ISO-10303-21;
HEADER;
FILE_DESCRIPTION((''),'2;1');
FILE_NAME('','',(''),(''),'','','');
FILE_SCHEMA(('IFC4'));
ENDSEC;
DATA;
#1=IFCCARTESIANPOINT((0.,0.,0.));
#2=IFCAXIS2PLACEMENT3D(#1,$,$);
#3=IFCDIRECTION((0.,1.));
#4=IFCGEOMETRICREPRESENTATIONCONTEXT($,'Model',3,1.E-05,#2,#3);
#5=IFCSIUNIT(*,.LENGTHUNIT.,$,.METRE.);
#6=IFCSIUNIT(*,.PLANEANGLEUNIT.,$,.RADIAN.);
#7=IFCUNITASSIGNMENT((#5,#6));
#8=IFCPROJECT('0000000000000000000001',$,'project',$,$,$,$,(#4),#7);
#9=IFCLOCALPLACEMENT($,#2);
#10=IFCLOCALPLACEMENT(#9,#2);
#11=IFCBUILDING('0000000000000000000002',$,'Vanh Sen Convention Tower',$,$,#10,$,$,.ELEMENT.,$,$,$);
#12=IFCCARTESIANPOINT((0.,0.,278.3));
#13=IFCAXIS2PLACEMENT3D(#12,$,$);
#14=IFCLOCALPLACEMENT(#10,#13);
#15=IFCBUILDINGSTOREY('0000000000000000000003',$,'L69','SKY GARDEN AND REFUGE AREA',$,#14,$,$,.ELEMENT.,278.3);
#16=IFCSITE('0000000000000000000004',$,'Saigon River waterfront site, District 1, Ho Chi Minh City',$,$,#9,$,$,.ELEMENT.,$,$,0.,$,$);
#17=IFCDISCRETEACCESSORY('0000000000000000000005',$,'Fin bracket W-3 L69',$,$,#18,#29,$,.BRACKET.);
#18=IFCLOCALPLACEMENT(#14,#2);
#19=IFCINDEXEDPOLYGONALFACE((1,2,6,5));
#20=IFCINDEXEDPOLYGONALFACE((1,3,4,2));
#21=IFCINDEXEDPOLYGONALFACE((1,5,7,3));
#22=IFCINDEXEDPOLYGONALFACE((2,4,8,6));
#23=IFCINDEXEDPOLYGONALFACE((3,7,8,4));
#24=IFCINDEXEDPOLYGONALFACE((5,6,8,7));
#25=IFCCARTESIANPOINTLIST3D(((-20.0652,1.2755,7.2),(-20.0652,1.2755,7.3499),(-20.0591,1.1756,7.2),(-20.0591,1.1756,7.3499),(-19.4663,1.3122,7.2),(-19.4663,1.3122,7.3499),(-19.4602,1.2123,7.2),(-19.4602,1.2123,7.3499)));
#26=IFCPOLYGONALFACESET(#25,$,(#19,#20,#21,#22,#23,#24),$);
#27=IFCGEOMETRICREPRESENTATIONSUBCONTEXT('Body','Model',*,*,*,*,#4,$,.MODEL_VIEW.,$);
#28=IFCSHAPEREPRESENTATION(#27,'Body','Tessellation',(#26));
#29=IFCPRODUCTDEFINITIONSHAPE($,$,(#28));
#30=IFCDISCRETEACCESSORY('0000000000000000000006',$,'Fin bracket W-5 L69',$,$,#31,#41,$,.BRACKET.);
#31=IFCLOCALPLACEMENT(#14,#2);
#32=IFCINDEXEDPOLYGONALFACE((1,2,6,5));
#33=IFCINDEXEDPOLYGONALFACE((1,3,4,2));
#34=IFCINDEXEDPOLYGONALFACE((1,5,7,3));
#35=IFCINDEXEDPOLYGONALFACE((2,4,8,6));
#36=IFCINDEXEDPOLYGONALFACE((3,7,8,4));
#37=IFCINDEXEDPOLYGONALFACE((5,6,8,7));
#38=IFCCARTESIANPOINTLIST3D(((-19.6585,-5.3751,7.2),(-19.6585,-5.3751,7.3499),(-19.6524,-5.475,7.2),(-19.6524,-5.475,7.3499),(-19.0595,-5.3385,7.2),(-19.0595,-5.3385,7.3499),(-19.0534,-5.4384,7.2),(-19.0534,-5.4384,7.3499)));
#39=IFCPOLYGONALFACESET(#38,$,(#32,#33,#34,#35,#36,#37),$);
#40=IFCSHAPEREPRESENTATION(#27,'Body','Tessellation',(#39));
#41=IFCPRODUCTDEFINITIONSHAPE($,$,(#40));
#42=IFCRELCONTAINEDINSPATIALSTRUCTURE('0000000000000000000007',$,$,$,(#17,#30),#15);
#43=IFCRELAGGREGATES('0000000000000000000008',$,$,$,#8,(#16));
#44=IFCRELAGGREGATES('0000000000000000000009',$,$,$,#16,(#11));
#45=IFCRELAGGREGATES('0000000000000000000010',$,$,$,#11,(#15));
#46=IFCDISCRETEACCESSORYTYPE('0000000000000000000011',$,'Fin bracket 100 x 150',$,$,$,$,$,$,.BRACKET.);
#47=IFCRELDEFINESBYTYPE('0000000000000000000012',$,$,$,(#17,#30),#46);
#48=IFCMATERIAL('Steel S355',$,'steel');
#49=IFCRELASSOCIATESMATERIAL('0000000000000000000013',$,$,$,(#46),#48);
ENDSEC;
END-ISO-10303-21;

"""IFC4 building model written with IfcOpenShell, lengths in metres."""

from ifc_helpers import new_model, si_unit, direction, frame, origin, origin_2d, place, context, subcontext, project, spatial, rectangle, extrude, material, type_object, element, save


model = new_model("IFC4")

# Units and contexts
model_context = context("Model", 3, precision=1e-05, world=origin(), true_north=direction((0.0, 1.0)))
body_context = subcontext(model_context, "Body", "Model", "MODEL_VIEW")
ifc_project = project(units=[si_unit("LENGTHUNIT", "METRE"), si_unit("PLANEANGLEUNIT", "RADIAN")], contexts=[model_context])

# Site, building, storey
site_placement = place(None, origin())
site = spatial("IfcSite", under=ifc_project, at=site_placement, Name="Saigon River waterfront site, District 1, Ho Chi Minh City", CompositionType="ELEMENT", RefElevation=0.0)
building_placement = place(site_placement, origin())
building = spatial("IfcBuilding", under=site, at=building_placement, Name="Vanh Sen Convention Tower", CompositionType="ELEMENT")
storey_placement = place(building_placement, frame((0.0, 0.0, 278.3)))
storey = spatial("IfcBuildingStorey", under=building, at=storey_placement, Name="L69", Description="SKY GARDEN AND REFUGE AREA", CompositionType="ELEMENT", Elevation=278.3)

# Discrete accessories
ifc_material_1 = material(Name="Steel S355", Category="steel")
discrete_accessory_type = type_object("IfcDiscreteAccessoryType", Name="Fin bracket 100 x 150", PredefinedType="BRACKET", material=ifc_material_1)
for number, where, z_axis, x_axis, name in (
    (1, (-19.7627, 1.2439, 7.2), (0.0, 0.0, 1.0), (-0.998135, -0.061049, 0.0), "Fin bracket W-3 L69"),
    (2, (-19.356, -5.4067, 7.2), (0.0, 0.0, 1.0), (-0.998135, -0.061049, 0.0), "Fin bracket W-5 L69"),
):
    element("IfcDiscreteAccessory", number, at=place(storey_placement, frame(where, z_axis=z_axis, x_axis=x_axis)), inside=storey, type_object=discrete_accessory_type, Name=name, PredefinedType="BRACKET", context=body_context, shape_type="SweptSolid", body=[
        extrude(rectangle(XDim=0.6001, YDim=0.1001, at=origin_2d()), origin(), (0.0, 0.0, 1.0), 0.1499),
    ])

save(model, "model.ifc")
